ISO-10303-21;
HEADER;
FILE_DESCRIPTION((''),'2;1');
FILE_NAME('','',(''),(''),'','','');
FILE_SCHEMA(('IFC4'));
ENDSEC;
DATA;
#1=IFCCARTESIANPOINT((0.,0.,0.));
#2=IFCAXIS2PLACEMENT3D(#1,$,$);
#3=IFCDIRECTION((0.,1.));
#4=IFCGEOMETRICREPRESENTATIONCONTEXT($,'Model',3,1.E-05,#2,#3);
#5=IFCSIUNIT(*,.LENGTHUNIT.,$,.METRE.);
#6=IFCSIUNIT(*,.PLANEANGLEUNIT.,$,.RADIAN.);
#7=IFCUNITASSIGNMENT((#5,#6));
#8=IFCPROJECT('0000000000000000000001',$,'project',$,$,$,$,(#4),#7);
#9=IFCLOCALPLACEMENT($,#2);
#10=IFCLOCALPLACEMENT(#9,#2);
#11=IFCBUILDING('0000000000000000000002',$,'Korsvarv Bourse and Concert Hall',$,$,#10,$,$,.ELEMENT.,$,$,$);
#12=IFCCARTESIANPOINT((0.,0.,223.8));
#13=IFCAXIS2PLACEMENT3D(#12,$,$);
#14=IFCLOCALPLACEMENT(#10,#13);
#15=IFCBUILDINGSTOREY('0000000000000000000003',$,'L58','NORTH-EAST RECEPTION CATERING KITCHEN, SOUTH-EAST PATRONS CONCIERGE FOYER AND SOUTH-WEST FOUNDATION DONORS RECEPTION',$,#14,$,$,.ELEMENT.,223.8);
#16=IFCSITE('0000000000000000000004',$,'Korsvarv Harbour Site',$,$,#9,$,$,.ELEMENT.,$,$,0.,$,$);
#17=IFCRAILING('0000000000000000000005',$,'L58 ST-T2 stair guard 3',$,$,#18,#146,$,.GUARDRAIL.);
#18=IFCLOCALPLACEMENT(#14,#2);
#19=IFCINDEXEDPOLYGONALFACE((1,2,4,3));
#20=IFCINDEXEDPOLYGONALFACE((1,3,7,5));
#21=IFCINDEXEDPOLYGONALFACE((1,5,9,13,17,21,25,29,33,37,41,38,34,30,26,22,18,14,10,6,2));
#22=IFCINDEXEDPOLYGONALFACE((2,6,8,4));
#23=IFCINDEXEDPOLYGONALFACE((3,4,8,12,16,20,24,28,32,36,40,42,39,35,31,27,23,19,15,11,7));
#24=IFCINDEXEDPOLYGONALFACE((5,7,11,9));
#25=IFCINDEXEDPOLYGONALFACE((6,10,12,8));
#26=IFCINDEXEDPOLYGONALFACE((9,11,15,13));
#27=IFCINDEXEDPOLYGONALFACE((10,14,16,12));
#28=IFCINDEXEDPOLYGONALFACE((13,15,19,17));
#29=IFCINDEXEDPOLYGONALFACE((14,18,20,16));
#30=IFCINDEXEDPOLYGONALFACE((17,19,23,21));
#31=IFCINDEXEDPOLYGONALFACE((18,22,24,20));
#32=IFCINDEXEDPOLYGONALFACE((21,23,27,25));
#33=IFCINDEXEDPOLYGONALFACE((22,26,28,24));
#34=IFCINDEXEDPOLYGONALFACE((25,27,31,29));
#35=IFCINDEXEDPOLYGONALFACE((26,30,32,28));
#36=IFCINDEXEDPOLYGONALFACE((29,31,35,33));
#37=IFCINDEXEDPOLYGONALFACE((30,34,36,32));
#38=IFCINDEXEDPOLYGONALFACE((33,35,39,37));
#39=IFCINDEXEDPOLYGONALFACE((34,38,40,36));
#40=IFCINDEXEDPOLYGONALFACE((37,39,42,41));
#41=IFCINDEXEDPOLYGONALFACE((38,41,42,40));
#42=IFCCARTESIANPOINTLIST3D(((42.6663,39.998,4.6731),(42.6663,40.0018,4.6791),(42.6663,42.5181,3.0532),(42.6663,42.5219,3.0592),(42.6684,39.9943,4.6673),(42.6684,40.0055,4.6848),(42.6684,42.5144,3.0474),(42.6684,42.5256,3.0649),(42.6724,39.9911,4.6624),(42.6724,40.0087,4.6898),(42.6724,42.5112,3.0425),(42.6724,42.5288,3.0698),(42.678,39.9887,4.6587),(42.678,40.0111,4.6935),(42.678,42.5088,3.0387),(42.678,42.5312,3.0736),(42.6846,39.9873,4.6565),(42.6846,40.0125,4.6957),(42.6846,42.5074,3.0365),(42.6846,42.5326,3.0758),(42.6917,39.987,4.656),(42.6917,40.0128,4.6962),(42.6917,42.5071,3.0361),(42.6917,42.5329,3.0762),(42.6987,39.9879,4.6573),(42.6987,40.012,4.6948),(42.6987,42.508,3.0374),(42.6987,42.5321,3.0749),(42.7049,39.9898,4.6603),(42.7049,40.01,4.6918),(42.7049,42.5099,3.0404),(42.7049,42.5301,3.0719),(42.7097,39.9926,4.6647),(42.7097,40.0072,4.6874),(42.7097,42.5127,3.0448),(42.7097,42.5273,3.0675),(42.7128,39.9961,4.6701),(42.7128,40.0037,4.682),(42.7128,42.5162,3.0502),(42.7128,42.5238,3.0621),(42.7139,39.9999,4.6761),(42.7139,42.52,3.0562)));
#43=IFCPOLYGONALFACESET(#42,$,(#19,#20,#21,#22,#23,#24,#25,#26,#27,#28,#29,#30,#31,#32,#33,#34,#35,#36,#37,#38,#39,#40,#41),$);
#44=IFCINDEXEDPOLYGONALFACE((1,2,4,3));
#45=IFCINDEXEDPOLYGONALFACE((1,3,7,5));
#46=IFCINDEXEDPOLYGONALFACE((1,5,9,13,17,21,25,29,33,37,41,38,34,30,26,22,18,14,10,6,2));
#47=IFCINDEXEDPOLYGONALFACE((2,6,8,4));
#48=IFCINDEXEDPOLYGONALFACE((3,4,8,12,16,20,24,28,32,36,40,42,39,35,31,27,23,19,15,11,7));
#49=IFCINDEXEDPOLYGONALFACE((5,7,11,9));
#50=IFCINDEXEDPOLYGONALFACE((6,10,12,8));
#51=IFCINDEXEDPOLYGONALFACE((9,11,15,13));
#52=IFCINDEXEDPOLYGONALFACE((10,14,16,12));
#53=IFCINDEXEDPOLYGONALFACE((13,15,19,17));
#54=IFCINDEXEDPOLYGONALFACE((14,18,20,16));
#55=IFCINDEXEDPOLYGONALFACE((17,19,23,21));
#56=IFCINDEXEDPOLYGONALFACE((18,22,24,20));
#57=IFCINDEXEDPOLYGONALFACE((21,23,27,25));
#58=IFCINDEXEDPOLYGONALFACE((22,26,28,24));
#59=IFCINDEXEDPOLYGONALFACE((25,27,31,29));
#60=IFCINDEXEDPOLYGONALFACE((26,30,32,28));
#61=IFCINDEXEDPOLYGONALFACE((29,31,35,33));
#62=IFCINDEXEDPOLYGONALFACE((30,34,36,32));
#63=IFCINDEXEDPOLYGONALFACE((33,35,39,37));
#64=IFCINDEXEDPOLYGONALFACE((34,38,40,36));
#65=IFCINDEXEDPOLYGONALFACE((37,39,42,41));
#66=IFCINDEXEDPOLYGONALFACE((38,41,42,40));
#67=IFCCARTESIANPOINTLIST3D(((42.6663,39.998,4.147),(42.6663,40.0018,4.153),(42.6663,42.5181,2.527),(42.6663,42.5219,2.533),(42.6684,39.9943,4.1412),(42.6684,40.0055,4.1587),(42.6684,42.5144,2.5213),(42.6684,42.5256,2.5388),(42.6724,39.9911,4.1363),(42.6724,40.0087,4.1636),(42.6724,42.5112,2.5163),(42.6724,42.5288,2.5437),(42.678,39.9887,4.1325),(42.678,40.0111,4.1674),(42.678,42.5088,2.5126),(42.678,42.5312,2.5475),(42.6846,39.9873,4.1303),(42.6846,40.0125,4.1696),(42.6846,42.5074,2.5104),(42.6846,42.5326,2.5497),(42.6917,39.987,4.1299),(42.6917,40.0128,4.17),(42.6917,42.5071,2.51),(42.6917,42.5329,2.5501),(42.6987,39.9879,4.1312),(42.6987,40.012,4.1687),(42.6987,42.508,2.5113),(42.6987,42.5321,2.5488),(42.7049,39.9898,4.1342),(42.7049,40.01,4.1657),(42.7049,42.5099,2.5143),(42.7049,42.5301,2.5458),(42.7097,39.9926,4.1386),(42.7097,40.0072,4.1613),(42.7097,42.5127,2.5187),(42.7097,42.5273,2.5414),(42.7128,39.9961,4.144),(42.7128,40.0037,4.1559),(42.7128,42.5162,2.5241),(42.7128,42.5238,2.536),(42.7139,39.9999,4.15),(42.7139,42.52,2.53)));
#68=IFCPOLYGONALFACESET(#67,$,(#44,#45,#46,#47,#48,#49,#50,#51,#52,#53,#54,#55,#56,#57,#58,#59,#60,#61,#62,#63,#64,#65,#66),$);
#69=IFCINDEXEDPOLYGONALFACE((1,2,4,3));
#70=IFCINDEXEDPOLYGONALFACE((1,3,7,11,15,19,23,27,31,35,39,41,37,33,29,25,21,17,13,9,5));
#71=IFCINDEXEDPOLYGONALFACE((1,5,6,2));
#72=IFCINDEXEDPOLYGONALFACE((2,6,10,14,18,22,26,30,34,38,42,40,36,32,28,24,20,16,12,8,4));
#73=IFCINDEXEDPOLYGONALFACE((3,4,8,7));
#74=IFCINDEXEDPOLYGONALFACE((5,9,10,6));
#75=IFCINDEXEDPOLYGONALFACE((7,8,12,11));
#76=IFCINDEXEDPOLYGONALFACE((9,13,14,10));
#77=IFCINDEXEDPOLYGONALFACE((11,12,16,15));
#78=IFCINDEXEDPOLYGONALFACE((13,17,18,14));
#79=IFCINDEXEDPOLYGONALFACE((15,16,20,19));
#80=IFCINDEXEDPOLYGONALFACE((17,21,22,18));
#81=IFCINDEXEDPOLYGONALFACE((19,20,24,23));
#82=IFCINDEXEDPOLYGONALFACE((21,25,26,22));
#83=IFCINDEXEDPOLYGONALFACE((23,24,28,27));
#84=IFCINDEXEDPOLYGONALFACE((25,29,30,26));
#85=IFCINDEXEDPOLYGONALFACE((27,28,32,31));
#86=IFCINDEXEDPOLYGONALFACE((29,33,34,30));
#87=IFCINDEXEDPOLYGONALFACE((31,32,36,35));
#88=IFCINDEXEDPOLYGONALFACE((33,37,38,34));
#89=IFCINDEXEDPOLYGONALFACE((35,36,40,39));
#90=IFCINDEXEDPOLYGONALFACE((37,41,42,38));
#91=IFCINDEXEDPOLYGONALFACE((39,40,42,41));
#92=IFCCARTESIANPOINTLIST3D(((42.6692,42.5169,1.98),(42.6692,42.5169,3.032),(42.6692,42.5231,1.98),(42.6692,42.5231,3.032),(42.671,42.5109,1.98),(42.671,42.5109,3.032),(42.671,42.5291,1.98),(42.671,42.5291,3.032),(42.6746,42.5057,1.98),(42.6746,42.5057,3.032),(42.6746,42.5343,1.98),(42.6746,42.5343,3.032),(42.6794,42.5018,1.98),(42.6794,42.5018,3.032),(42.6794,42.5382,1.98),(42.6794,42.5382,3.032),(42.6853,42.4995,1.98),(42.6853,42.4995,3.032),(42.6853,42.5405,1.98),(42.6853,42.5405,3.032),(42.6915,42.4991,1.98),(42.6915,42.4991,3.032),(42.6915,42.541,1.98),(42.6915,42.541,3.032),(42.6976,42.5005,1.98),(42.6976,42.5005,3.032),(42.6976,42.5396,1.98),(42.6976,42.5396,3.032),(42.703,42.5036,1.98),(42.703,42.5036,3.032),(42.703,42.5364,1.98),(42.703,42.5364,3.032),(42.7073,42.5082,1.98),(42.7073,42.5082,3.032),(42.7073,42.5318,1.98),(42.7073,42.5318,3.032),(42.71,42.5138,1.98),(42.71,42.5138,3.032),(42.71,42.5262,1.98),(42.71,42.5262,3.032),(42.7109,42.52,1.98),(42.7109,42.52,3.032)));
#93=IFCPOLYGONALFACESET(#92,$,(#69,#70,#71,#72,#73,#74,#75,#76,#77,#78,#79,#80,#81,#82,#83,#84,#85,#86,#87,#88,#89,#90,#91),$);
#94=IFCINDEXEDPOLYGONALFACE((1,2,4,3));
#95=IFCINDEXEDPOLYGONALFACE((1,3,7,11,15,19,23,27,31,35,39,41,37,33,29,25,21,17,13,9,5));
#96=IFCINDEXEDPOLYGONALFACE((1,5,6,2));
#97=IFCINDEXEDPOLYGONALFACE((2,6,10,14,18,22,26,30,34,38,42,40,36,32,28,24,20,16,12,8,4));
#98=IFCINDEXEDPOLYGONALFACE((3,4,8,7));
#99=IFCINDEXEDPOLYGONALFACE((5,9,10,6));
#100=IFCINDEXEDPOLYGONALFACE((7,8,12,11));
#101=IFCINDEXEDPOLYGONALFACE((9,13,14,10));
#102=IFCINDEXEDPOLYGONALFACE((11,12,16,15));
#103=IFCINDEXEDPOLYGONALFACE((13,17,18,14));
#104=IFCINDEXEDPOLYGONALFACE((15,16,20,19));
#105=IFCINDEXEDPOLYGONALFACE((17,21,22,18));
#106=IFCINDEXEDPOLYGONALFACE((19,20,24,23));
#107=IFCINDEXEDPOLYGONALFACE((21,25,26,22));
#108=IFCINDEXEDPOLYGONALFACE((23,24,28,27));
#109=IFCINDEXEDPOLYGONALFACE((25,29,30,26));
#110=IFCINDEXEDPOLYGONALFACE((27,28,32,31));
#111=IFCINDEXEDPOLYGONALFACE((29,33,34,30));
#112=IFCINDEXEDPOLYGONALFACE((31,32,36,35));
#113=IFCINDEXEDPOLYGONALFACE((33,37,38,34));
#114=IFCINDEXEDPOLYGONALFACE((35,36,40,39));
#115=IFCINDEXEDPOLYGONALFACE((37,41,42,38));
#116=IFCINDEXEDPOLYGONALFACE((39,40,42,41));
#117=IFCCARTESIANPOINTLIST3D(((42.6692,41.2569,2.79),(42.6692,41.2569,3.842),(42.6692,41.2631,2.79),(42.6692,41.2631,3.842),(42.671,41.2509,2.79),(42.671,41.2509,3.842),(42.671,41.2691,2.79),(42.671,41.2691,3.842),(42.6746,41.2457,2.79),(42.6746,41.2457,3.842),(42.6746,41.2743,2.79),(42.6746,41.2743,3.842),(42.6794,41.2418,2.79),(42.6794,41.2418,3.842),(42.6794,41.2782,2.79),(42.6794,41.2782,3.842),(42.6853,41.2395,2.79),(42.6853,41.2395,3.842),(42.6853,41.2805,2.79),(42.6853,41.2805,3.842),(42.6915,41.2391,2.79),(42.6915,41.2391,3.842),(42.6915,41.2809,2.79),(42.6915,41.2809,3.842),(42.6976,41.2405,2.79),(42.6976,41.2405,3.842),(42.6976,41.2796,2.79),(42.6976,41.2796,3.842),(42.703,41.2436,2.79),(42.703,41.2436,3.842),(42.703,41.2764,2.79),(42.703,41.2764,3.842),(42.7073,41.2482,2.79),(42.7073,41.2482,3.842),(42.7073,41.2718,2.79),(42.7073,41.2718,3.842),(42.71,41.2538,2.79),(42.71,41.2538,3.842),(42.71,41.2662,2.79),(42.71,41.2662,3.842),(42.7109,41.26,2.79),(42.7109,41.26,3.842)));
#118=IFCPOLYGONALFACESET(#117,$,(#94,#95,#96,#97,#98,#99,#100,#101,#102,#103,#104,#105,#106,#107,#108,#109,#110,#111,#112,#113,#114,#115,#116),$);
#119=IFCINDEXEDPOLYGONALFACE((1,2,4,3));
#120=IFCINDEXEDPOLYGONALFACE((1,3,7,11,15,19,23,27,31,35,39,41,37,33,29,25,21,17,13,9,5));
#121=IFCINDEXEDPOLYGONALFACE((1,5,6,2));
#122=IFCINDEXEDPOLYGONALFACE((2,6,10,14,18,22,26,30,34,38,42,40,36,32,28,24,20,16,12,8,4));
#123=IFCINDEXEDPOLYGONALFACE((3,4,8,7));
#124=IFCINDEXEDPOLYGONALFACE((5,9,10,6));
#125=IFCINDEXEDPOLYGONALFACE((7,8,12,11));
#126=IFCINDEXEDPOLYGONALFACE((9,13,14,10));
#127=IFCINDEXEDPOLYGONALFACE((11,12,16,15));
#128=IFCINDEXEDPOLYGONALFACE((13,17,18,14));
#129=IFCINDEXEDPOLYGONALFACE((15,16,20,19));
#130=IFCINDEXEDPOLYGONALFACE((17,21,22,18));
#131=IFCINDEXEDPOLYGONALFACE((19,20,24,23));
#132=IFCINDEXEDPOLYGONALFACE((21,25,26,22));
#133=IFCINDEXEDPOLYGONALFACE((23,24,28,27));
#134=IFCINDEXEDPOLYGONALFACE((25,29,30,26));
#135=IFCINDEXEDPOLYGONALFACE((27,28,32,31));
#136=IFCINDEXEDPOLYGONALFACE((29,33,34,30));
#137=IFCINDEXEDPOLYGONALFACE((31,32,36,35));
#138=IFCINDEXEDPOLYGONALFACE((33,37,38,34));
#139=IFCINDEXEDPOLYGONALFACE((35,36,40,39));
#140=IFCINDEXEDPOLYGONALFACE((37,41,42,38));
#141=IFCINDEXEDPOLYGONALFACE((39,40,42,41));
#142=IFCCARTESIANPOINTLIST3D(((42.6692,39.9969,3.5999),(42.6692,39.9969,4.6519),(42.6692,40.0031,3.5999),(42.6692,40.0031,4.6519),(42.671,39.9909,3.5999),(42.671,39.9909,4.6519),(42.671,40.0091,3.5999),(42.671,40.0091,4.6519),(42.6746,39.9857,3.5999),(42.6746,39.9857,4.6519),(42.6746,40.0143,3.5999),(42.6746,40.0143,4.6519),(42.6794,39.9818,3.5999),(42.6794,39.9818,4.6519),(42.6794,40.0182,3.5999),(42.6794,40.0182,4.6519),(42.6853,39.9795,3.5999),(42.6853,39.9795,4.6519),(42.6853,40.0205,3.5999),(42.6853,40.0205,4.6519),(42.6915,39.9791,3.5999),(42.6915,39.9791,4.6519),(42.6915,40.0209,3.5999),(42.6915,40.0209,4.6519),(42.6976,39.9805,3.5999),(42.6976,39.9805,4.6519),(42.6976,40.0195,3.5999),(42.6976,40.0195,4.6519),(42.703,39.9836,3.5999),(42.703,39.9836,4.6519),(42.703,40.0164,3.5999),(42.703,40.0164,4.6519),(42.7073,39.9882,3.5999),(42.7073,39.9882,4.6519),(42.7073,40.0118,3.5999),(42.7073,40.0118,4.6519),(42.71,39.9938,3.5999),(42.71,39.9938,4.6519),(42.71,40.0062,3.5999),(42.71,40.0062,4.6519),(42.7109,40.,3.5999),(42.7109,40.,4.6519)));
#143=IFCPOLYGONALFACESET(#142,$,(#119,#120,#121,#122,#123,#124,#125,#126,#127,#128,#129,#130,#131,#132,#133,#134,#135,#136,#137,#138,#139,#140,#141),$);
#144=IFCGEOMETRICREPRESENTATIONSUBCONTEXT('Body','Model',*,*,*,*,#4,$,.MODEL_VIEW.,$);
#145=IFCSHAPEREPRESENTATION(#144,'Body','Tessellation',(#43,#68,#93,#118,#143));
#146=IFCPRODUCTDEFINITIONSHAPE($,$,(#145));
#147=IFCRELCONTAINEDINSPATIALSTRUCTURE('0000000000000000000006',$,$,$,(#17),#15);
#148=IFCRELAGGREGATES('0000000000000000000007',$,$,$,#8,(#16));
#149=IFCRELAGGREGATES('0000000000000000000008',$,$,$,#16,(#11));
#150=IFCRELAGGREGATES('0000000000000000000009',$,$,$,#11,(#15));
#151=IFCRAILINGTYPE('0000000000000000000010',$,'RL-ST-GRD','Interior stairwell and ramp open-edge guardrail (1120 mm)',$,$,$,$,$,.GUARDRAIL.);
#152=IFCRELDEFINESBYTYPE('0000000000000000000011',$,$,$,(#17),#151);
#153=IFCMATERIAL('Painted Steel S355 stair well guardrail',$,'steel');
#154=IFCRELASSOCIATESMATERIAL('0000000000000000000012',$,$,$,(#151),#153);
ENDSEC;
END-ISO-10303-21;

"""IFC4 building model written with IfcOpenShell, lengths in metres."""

from ifc_helpers import new_model, si_unit, direction, frame, origin, origin_2d, place, context, subcontext, project, spatial, circle, extrude, material, type_object, element, save


model = new_model("IFC4")

# Units and contexts
model_context = context("Model", 3, precision=1e-05, world=origin(), true_north=direction((0.0, 1.0)))
body_context = subcontext(model_context, "Body", "Model", "MODEL_VIEW")
ifc_project = project(units=[si_unit("LENGTHUNIT", "METRE"), si_unit("PLANEANGLEUNIT", "RADIAN")], contexts=[model_context])

# Site, building, storey
site_placement = place(None, origin())
site = spatial("IfcSite", under=ifc_project, at=site_placement, Name="Korsvarv Harbour Site", CompositionType="ELEMENT", RefElevation=0.0)
building_placement = place(site_placement, origin())
building = spatial("IfcBuilding", under=site, at=building_placement, Name="Korsvarv Bourse and Concert Hall", CompositionType="ELEMENT")
storey_placement = place(building_placement, frame((0.0, 0.0, 223.8)))
storey = spatial("IfcBuildingStorey", under=building, at=storey_placement, Name="L58", Description="NORTH-EAST RECEPTION CATERING KITCHEN, SOUTH-EAST PATRONS CONCIERGE FOYER AND SOUTH-WEST FOUNDATION DONORS RECEPTION", CompositionType="ELEMENT", Elevation=223.8)

# Railing
ifc_material_1 = material(Name="Painted Steel S355 stair well guardrail", Category="steel")
railing_type_1 = type_object("IfcRailingType", Name="RL-ST-GRD", Description="Interior stairwell and ramp open-edge guardrail (1120 mm)", PredefinedType="GUARDRAIL", material=ifc_material_1)
railing_1_placement = place(storey_placement, frame((42.6899, 42.52, 1.98)))
element("IfcRailing", 1, at=railing_1_placement, inside=storey, type_object=railing_type_1, Name="L58 ST-T2 stair guard 3", PredefinedType="GUARDRAIL", context=body_context, shape_type="SweptSolid", body=[
    extrude(circle(Radius=0.0239, at=origin_2d()), frame((0.0, 0.0, 1.0762), z_axis=(0.0, -0.8412, 0.540725), x_axis=(1.0, 0.0, 0.0)), (0.0, 0.0, 1.0), 2.9958),
    extrude(circle(Radius=0.0239, at=origin_2d()), frame((0.0, 0.0, 0.55), z_axis=(0.0, -0.8412, 0.540725), x_axis=(1.0, 0.0, 0.0)), (0.0, 0.0, 1.0), 2.9958),
    extrude(circle(Radius=0.021, at=origin_2d()), origin(), (0.0, 0.0, 1.0), 1.052),
    extrude(circle(Radius=0.021, at=origin_2d()), frame((0.0, -1.26, 0.8101)), (0.0, 0.0, 1.0), 1.052),
    extrude(circle(Radius=0.021, at=origin_2d()), frame((0.0, -2.52, 1.6199)), (0.0, 0.0, 1.0), 1.052),
])

save(model, "model.ifc")
